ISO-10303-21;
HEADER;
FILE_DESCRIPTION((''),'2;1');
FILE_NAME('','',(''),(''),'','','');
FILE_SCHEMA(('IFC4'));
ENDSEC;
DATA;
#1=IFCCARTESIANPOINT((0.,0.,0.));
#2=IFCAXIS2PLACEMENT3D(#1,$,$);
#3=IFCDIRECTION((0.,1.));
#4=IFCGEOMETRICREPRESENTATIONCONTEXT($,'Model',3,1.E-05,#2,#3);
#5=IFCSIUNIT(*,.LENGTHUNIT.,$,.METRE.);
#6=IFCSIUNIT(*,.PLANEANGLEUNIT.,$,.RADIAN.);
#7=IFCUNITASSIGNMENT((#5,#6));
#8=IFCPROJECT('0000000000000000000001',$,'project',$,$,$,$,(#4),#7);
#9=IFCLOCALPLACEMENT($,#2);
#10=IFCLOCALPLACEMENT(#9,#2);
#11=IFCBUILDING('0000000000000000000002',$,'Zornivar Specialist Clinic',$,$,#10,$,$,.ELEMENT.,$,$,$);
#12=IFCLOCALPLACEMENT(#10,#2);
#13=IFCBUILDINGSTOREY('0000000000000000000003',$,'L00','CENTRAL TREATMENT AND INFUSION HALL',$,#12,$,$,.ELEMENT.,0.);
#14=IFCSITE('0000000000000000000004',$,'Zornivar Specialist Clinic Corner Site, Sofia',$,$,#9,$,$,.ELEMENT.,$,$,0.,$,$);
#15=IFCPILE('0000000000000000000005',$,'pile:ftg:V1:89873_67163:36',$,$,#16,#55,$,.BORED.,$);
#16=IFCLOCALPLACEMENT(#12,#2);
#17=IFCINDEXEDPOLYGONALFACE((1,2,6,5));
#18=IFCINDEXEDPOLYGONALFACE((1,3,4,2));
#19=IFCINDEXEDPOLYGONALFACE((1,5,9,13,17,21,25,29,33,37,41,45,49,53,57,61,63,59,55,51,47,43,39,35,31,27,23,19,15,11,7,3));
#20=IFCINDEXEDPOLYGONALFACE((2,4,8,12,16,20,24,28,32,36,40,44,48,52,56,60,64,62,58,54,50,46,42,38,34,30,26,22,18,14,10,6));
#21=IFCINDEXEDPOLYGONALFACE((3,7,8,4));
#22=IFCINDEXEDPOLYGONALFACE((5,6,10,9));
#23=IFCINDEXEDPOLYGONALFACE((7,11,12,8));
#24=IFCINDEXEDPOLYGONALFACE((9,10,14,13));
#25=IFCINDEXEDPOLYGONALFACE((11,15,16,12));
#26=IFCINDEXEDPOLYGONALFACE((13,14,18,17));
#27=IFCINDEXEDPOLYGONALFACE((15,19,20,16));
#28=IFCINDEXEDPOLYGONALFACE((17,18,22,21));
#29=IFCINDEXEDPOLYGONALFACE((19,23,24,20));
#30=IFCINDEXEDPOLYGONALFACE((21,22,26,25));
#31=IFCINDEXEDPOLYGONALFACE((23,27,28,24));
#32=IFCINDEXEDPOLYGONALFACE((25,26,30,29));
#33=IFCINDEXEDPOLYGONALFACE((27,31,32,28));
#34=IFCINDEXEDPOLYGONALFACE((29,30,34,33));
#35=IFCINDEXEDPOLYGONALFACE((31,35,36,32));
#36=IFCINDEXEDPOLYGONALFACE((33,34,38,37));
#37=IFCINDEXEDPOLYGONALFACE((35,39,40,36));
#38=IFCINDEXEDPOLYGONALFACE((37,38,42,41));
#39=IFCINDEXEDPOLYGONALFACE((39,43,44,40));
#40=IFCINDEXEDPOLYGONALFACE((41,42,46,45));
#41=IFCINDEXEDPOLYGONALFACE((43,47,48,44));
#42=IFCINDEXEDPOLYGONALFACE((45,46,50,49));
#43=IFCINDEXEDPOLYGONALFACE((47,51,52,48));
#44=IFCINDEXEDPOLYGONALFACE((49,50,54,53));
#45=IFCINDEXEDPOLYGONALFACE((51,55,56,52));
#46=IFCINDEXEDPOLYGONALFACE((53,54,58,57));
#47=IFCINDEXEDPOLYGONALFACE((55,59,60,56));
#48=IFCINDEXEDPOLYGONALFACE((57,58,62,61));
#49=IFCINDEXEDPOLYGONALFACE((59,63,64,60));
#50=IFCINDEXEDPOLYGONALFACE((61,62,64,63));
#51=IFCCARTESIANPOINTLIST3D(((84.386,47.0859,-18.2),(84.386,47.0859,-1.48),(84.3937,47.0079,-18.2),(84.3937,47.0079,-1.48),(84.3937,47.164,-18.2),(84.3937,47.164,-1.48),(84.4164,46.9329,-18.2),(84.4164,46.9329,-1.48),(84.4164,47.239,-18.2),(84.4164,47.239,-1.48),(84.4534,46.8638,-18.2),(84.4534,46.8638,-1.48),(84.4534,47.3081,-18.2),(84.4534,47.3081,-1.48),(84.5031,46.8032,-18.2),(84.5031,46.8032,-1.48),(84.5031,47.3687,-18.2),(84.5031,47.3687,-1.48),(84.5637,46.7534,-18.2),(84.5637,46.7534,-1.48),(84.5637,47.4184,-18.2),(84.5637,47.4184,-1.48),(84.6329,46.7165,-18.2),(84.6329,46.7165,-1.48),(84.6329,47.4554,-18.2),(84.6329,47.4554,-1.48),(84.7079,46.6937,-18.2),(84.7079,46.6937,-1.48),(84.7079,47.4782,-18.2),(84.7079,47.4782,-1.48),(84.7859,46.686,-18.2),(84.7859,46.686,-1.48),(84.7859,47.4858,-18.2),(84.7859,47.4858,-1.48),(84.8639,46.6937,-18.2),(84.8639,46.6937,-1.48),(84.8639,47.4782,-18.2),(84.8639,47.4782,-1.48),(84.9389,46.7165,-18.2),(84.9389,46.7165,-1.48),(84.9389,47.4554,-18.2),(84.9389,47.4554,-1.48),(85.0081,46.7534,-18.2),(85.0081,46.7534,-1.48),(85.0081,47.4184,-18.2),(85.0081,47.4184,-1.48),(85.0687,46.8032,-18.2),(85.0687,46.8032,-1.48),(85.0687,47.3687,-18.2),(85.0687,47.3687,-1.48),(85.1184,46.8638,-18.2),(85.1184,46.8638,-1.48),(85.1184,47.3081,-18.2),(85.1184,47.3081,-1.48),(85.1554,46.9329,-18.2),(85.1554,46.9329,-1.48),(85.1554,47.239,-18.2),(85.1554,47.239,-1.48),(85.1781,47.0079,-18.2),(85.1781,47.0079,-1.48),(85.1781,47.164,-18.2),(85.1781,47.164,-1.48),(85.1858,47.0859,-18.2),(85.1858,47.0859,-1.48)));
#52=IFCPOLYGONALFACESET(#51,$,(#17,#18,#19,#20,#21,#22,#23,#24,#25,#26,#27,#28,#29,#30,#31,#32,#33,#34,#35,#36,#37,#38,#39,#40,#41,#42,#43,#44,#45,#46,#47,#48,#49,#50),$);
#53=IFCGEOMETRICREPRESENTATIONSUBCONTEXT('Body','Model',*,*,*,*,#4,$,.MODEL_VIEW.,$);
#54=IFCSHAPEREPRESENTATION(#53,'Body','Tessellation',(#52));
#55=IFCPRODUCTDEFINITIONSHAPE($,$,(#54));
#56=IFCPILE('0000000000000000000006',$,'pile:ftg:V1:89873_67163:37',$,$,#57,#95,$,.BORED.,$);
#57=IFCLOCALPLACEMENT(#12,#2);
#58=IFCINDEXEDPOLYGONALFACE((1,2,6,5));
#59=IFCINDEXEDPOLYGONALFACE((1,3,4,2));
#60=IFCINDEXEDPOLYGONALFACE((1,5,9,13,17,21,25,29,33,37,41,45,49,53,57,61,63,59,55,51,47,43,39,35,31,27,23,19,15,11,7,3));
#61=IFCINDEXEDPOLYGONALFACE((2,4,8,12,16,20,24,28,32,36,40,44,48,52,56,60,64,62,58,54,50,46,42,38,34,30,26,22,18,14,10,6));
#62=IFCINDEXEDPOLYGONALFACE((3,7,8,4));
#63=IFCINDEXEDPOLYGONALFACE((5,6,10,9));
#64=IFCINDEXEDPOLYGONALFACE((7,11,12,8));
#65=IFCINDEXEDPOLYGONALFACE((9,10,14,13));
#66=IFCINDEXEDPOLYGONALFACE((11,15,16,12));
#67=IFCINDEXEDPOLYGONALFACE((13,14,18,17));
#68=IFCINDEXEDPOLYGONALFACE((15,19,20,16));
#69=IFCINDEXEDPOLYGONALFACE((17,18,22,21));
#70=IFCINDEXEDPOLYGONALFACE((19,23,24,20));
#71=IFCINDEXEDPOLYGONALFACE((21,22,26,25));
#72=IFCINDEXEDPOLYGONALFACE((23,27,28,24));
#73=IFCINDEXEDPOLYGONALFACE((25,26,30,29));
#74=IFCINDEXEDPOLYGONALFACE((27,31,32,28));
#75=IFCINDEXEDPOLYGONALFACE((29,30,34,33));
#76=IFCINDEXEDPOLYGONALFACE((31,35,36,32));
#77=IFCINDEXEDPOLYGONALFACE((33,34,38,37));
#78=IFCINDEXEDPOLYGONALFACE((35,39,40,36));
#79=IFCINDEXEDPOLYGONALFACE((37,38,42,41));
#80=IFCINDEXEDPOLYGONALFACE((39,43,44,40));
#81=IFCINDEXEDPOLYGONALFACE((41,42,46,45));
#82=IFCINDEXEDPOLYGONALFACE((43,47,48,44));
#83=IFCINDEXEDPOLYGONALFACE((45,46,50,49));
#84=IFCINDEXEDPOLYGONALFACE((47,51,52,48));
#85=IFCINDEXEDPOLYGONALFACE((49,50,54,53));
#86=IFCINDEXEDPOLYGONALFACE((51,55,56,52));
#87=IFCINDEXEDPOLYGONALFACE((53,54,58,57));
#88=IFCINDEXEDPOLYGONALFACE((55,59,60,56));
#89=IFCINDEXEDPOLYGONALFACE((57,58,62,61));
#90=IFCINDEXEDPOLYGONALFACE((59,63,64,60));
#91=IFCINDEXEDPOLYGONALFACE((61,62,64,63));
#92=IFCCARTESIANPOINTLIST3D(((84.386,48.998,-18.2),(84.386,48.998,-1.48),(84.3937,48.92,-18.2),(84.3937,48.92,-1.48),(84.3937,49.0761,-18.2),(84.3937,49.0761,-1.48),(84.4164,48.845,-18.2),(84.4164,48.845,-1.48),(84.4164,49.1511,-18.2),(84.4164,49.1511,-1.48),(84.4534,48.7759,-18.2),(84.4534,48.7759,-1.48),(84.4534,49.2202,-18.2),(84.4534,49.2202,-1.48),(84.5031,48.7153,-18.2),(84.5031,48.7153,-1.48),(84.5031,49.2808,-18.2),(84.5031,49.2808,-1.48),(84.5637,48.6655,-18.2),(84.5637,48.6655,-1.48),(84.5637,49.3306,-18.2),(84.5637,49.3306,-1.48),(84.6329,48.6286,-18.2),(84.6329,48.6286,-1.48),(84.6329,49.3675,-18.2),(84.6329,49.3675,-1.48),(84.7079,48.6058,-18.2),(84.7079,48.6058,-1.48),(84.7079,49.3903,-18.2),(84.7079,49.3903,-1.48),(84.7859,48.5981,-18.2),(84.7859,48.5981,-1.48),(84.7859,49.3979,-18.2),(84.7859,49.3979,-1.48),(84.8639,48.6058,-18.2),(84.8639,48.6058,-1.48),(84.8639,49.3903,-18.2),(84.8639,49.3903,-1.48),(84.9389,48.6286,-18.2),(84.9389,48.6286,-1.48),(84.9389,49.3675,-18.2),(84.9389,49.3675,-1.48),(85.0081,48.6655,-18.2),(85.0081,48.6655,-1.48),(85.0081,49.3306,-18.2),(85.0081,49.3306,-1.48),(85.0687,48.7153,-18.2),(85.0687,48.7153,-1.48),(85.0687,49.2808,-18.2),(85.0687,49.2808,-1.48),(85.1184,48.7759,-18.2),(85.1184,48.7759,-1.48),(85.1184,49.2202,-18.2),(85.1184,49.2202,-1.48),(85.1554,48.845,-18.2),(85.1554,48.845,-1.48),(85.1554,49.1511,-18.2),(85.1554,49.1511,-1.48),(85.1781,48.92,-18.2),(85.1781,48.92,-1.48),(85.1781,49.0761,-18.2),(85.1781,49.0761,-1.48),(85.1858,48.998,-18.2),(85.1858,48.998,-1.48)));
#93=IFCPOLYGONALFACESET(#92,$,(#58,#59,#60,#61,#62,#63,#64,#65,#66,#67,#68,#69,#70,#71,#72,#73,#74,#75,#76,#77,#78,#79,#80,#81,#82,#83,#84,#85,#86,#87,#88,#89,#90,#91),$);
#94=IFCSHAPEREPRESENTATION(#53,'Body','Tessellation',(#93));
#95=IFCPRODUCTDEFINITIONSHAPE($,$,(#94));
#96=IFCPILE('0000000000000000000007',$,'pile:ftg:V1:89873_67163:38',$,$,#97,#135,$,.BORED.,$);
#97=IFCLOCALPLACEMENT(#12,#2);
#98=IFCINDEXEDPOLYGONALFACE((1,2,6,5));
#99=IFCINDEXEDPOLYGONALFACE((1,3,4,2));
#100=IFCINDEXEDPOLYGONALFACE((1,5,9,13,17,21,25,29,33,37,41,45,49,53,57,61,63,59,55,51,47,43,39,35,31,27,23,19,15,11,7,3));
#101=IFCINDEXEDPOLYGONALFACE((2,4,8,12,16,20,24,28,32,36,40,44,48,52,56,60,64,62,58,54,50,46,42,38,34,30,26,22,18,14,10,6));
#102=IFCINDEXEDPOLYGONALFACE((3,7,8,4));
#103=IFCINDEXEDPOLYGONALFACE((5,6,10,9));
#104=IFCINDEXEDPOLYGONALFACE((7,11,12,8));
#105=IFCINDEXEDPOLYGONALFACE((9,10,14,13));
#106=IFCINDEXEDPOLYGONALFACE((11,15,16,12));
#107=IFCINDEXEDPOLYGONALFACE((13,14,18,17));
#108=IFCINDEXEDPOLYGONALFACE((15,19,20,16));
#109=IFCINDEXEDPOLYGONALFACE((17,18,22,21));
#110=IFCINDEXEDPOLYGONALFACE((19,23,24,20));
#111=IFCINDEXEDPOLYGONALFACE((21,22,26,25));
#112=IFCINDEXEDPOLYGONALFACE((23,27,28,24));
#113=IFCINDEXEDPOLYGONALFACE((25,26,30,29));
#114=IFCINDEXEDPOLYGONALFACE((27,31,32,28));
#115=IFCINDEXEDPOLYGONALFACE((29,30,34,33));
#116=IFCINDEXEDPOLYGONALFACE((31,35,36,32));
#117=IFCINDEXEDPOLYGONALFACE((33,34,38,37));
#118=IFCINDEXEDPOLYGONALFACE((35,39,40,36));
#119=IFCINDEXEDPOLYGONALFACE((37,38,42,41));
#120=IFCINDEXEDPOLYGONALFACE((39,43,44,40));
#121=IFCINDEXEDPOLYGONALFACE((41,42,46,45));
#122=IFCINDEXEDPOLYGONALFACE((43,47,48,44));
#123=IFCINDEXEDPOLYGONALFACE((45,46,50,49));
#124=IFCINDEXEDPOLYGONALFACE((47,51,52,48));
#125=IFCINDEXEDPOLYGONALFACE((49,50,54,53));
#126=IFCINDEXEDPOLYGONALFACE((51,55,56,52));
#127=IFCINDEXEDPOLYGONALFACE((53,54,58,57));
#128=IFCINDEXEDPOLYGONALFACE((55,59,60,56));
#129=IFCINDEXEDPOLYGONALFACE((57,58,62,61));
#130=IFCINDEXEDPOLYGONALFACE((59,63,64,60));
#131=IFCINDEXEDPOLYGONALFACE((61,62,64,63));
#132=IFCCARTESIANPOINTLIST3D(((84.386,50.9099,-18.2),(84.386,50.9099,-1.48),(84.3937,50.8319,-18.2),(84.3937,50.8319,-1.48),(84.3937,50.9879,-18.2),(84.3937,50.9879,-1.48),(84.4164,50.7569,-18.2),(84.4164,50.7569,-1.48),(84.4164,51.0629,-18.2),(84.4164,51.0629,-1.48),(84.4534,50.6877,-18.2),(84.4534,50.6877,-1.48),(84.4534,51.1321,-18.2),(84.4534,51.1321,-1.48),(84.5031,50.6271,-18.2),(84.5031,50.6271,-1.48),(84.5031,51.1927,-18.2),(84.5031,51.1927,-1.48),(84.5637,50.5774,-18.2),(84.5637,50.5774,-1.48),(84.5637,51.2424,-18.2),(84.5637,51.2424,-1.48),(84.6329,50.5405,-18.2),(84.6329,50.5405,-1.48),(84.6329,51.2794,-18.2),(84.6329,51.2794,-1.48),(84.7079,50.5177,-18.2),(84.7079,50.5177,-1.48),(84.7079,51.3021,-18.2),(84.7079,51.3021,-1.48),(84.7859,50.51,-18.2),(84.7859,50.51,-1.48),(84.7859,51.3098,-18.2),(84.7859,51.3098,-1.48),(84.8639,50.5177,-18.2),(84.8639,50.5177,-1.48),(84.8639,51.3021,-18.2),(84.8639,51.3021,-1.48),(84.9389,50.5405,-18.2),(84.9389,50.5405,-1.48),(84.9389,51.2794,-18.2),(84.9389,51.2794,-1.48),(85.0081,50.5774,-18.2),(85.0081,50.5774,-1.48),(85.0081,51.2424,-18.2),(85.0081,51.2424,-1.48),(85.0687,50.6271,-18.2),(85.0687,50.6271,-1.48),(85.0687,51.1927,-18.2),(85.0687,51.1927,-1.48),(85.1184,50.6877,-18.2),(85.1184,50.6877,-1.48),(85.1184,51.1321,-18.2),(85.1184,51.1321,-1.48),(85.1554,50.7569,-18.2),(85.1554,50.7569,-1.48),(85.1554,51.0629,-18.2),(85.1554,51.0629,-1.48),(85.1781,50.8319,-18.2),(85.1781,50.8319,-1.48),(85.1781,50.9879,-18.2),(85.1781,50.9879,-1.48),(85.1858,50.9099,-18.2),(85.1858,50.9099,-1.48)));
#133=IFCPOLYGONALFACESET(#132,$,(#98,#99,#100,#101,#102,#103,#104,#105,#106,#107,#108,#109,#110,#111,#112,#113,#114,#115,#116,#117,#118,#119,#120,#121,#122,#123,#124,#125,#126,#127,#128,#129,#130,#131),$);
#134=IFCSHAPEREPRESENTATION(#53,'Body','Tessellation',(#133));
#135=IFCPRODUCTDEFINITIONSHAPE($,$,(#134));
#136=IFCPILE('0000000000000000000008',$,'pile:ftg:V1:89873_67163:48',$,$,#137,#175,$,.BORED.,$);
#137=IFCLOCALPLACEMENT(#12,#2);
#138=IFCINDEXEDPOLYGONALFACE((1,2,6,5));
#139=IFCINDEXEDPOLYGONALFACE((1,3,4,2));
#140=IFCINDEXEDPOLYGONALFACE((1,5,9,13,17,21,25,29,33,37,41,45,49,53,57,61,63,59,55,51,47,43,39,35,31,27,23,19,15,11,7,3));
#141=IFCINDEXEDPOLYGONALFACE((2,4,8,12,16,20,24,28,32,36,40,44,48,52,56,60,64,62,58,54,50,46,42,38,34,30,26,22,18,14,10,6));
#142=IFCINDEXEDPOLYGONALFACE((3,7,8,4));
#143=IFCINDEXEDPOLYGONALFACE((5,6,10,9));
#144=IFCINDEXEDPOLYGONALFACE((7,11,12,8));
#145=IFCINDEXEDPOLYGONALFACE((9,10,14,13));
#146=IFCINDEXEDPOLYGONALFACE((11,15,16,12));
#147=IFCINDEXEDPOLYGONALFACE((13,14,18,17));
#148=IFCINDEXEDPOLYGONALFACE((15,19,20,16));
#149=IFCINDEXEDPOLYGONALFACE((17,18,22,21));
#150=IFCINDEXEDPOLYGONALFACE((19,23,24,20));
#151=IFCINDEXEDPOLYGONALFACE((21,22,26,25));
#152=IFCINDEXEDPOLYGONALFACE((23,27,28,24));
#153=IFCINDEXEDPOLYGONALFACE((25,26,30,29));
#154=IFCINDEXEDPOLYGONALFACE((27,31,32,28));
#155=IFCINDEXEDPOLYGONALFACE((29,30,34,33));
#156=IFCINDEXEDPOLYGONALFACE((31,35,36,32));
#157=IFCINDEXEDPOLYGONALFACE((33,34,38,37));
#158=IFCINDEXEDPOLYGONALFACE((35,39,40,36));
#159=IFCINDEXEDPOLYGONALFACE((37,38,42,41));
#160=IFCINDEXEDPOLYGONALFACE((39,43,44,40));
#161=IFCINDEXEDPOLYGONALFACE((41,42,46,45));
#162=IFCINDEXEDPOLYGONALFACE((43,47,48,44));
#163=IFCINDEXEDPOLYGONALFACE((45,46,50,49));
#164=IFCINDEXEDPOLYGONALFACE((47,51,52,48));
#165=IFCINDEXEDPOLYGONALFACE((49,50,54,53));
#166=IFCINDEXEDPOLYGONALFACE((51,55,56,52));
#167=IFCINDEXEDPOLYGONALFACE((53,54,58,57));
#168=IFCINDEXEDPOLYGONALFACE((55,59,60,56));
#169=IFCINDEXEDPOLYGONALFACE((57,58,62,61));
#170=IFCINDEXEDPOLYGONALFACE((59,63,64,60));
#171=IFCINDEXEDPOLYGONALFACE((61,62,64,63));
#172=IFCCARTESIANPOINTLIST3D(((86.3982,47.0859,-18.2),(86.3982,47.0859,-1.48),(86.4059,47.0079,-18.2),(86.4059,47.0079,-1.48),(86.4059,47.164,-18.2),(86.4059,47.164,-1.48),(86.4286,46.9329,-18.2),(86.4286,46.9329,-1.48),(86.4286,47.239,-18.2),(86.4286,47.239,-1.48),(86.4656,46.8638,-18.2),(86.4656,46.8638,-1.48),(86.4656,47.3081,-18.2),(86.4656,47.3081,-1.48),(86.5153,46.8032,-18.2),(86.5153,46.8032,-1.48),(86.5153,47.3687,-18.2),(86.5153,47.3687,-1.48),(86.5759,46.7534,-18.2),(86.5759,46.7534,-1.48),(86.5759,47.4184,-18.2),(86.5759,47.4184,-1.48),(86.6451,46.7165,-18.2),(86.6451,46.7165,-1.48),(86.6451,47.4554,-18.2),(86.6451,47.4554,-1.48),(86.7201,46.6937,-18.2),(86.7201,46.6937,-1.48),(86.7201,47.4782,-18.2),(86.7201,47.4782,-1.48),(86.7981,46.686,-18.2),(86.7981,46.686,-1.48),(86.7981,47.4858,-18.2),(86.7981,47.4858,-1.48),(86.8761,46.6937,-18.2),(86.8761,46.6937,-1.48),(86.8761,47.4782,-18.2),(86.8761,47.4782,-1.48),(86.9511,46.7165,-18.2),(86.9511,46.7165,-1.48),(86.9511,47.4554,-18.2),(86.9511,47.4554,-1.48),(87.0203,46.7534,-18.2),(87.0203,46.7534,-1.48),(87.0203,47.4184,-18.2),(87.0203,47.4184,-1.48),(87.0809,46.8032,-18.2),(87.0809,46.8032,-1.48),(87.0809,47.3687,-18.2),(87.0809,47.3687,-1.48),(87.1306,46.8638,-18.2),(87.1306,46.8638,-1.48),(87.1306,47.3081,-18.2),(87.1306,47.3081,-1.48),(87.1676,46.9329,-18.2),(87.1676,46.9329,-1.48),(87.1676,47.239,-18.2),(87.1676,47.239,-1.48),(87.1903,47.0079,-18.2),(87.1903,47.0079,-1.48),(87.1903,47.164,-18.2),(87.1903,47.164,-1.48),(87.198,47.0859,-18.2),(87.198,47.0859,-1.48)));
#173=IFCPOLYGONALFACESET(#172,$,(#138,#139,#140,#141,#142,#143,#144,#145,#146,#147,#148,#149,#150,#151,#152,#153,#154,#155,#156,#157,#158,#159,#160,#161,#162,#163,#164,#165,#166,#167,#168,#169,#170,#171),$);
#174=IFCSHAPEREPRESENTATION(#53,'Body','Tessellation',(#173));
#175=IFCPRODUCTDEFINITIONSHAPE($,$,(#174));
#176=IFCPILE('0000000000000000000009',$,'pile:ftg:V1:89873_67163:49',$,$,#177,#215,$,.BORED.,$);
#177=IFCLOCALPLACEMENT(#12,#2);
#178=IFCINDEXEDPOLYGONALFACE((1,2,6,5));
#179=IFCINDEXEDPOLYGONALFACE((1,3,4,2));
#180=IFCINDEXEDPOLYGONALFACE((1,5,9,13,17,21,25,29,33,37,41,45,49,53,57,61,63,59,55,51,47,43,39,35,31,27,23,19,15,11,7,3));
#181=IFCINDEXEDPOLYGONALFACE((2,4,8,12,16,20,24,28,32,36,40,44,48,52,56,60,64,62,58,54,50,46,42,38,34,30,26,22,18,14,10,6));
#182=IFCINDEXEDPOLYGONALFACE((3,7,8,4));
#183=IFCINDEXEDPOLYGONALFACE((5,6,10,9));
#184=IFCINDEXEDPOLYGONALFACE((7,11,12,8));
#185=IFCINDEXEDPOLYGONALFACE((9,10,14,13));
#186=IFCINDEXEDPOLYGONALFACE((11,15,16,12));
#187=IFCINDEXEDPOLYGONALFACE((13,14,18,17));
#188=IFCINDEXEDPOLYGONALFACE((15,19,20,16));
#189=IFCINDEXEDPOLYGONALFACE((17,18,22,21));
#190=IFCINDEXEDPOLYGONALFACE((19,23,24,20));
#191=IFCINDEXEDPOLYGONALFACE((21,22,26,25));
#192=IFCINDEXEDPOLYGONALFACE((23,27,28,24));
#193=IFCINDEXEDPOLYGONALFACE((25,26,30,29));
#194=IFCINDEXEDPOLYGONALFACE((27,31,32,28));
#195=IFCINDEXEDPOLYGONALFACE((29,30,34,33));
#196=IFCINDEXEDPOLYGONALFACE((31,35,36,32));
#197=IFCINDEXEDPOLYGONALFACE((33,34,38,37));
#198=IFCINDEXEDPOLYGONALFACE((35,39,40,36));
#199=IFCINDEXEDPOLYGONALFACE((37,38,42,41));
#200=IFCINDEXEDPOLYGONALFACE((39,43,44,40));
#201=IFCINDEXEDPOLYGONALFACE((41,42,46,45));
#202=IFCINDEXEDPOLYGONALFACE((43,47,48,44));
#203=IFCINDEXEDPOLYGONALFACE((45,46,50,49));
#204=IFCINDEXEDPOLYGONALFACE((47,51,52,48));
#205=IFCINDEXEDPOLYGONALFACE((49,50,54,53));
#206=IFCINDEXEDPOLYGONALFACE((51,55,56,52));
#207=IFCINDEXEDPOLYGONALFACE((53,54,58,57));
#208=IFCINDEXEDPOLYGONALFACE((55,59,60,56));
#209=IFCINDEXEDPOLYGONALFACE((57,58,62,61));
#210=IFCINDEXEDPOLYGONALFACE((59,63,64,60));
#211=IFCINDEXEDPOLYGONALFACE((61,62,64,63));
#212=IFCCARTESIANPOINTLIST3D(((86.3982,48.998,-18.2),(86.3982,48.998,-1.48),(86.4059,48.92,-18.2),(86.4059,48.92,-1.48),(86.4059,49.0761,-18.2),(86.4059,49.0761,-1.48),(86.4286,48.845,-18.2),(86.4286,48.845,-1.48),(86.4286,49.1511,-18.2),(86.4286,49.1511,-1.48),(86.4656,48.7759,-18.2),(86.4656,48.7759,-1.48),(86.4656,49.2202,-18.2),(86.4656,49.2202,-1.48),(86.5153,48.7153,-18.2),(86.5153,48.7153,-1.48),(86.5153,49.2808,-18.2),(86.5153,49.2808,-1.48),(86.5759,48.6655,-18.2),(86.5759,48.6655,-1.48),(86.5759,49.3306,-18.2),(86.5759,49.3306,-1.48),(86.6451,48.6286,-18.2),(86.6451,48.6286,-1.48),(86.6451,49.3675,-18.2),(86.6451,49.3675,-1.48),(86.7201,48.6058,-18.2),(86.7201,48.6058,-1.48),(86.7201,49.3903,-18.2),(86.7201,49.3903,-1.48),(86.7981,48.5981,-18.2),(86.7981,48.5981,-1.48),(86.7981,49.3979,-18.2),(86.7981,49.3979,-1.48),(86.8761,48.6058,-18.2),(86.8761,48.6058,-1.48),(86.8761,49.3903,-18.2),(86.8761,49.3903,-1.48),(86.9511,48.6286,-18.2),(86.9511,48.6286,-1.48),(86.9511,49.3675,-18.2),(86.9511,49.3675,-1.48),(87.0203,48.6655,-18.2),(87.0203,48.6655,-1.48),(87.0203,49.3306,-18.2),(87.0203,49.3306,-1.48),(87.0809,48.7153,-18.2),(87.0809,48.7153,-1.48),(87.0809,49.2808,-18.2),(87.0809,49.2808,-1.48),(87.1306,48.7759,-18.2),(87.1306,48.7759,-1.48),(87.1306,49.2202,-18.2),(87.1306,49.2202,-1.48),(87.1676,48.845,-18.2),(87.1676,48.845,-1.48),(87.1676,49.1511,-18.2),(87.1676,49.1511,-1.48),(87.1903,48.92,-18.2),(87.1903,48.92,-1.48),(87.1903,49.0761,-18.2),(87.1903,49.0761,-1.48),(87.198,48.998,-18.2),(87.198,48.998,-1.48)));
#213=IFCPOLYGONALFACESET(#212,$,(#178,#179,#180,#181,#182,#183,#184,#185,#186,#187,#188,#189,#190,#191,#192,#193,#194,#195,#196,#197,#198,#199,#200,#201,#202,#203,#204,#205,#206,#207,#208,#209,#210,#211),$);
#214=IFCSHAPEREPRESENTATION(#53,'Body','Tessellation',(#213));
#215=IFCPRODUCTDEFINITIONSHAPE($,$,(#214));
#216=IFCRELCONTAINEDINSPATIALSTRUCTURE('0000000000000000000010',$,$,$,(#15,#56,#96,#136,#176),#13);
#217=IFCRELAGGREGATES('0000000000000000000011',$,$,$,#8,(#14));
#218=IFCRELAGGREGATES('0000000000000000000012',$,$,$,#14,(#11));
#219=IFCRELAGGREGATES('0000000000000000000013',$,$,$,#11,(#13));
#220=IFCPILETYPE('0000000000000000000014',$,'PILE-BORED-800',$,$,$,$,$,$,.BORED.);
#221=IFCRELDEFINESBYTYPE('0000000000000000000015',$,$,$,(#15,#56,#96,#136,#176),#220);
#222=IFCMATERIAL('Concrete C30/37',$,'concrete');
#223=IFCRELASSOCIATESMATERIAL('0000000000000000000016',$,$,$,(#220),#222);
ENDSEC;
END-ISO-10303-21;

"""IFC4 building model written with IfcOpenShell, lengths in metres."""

from ifc_helpers import new_model, si_unit, direction, frame, origin, origin_2d, place, context, subcontext, project, spatial, circle, extrude, material, material_profile, profile_set, type_object, element, save


model = new_model("IFC4")

# Units and contexts
model_context = context("Model", 3, precision=1e-05, world=origin(), true_north=direction((0.0, 1.0)))
body_context = subcontext(model_context, "Body", "Model", "MODEL_VIEW")
ifc_project = project(units=[si_unit("LENGTHUNIT", "METRE"), si_unit("PLANEANGLEUNIT", "RADIAN")], contexts=[model_context])

# Site, building, storey
site_placement = place(None, origin())
site = spatial("IfcSite", under=ifc_project, at=site_placement, Name="Zornivar Specialist Clinic Corner Site, Sofia", CompositionType="ELEMENT", RefElevation=0.0)
building_placement = place(site_placement, origin())
building = spatial("IfcBuilding", under=site, at=building_placement, Name="Zornivar Specialist Clinic", CompositionType="ELEMENT")
storey_placement = place(building_placement, origin())
storey = spatial("IfcBuildingStorey", under=building, at=storey_placement, Name="L00", Description="CENTRAL TREATMENT AND INFUSION HALL", CompositionType="ELEMENT", Elevation=0.0)

# Piles
ifc_material_1 = material(Name="Concrete C30/37", Category="concrete")
ifc_material_profile_1 = material_profile(ifc_material_1, circle(Radius=0.3999, at=origin_2d()), Name="PILE D800")
ifc_profile_set_1 = profile_set([ifc_material_profile_1], Name="Concrete C30/37")
pile_type = type_object("IfcPileType", Name="PILE-BORED-800", PredefinedType="BORED", material=ifc_profile_set_1)
for number, where, z_axis, x_axis, name in (
    (1, (84.7859, 47.0859, -1.48), (0.0, 0.0, -1.0), (1.0, 0.0, 0.0), "pile:ftg:V1:89873_67163:36"),
    (2, (84.7859, 48.998, -1.48), (0.0, 0.0, -1.0), (1.0, 0.0, 0.0), "pile:ftg:V1:89873_67163:37"),
    (3, (84.7859, 50.9099, -1.48), (0.0, 0.0, -1.0), (1.0, 0.0, 0.0), "pile:ftg:V1:89873_67163:38"),
    (4, (86.7981, 47.0859, -1.48), (0.0, 0.0, -1.0), (1.0, 0.0, 0.0), "pile:ftg:V1:89873_67163:48"),
    (5, (86.7981, 48.998, -1.48), (0.0, 0.0, -1.0), (1.0, 0.0, 0.0), "pile:ftg:V1:89873_67163:49"),
):
    element("IfcPile", number, at=place(storey_placement, frame(where, z_axis=z_axis, x_axis=x_axis)), inside=storey, type_object=pile_type, Name=name, PredefinedType="BORED", context=body_context, shape_type="SweptSolid", body=[
        extrude(circle(Radius=0.3999, at=origin_2d()), origin(), (0.0, 0.0, 1.0), 16.72),
    ])

save(model, "model.ifc")
